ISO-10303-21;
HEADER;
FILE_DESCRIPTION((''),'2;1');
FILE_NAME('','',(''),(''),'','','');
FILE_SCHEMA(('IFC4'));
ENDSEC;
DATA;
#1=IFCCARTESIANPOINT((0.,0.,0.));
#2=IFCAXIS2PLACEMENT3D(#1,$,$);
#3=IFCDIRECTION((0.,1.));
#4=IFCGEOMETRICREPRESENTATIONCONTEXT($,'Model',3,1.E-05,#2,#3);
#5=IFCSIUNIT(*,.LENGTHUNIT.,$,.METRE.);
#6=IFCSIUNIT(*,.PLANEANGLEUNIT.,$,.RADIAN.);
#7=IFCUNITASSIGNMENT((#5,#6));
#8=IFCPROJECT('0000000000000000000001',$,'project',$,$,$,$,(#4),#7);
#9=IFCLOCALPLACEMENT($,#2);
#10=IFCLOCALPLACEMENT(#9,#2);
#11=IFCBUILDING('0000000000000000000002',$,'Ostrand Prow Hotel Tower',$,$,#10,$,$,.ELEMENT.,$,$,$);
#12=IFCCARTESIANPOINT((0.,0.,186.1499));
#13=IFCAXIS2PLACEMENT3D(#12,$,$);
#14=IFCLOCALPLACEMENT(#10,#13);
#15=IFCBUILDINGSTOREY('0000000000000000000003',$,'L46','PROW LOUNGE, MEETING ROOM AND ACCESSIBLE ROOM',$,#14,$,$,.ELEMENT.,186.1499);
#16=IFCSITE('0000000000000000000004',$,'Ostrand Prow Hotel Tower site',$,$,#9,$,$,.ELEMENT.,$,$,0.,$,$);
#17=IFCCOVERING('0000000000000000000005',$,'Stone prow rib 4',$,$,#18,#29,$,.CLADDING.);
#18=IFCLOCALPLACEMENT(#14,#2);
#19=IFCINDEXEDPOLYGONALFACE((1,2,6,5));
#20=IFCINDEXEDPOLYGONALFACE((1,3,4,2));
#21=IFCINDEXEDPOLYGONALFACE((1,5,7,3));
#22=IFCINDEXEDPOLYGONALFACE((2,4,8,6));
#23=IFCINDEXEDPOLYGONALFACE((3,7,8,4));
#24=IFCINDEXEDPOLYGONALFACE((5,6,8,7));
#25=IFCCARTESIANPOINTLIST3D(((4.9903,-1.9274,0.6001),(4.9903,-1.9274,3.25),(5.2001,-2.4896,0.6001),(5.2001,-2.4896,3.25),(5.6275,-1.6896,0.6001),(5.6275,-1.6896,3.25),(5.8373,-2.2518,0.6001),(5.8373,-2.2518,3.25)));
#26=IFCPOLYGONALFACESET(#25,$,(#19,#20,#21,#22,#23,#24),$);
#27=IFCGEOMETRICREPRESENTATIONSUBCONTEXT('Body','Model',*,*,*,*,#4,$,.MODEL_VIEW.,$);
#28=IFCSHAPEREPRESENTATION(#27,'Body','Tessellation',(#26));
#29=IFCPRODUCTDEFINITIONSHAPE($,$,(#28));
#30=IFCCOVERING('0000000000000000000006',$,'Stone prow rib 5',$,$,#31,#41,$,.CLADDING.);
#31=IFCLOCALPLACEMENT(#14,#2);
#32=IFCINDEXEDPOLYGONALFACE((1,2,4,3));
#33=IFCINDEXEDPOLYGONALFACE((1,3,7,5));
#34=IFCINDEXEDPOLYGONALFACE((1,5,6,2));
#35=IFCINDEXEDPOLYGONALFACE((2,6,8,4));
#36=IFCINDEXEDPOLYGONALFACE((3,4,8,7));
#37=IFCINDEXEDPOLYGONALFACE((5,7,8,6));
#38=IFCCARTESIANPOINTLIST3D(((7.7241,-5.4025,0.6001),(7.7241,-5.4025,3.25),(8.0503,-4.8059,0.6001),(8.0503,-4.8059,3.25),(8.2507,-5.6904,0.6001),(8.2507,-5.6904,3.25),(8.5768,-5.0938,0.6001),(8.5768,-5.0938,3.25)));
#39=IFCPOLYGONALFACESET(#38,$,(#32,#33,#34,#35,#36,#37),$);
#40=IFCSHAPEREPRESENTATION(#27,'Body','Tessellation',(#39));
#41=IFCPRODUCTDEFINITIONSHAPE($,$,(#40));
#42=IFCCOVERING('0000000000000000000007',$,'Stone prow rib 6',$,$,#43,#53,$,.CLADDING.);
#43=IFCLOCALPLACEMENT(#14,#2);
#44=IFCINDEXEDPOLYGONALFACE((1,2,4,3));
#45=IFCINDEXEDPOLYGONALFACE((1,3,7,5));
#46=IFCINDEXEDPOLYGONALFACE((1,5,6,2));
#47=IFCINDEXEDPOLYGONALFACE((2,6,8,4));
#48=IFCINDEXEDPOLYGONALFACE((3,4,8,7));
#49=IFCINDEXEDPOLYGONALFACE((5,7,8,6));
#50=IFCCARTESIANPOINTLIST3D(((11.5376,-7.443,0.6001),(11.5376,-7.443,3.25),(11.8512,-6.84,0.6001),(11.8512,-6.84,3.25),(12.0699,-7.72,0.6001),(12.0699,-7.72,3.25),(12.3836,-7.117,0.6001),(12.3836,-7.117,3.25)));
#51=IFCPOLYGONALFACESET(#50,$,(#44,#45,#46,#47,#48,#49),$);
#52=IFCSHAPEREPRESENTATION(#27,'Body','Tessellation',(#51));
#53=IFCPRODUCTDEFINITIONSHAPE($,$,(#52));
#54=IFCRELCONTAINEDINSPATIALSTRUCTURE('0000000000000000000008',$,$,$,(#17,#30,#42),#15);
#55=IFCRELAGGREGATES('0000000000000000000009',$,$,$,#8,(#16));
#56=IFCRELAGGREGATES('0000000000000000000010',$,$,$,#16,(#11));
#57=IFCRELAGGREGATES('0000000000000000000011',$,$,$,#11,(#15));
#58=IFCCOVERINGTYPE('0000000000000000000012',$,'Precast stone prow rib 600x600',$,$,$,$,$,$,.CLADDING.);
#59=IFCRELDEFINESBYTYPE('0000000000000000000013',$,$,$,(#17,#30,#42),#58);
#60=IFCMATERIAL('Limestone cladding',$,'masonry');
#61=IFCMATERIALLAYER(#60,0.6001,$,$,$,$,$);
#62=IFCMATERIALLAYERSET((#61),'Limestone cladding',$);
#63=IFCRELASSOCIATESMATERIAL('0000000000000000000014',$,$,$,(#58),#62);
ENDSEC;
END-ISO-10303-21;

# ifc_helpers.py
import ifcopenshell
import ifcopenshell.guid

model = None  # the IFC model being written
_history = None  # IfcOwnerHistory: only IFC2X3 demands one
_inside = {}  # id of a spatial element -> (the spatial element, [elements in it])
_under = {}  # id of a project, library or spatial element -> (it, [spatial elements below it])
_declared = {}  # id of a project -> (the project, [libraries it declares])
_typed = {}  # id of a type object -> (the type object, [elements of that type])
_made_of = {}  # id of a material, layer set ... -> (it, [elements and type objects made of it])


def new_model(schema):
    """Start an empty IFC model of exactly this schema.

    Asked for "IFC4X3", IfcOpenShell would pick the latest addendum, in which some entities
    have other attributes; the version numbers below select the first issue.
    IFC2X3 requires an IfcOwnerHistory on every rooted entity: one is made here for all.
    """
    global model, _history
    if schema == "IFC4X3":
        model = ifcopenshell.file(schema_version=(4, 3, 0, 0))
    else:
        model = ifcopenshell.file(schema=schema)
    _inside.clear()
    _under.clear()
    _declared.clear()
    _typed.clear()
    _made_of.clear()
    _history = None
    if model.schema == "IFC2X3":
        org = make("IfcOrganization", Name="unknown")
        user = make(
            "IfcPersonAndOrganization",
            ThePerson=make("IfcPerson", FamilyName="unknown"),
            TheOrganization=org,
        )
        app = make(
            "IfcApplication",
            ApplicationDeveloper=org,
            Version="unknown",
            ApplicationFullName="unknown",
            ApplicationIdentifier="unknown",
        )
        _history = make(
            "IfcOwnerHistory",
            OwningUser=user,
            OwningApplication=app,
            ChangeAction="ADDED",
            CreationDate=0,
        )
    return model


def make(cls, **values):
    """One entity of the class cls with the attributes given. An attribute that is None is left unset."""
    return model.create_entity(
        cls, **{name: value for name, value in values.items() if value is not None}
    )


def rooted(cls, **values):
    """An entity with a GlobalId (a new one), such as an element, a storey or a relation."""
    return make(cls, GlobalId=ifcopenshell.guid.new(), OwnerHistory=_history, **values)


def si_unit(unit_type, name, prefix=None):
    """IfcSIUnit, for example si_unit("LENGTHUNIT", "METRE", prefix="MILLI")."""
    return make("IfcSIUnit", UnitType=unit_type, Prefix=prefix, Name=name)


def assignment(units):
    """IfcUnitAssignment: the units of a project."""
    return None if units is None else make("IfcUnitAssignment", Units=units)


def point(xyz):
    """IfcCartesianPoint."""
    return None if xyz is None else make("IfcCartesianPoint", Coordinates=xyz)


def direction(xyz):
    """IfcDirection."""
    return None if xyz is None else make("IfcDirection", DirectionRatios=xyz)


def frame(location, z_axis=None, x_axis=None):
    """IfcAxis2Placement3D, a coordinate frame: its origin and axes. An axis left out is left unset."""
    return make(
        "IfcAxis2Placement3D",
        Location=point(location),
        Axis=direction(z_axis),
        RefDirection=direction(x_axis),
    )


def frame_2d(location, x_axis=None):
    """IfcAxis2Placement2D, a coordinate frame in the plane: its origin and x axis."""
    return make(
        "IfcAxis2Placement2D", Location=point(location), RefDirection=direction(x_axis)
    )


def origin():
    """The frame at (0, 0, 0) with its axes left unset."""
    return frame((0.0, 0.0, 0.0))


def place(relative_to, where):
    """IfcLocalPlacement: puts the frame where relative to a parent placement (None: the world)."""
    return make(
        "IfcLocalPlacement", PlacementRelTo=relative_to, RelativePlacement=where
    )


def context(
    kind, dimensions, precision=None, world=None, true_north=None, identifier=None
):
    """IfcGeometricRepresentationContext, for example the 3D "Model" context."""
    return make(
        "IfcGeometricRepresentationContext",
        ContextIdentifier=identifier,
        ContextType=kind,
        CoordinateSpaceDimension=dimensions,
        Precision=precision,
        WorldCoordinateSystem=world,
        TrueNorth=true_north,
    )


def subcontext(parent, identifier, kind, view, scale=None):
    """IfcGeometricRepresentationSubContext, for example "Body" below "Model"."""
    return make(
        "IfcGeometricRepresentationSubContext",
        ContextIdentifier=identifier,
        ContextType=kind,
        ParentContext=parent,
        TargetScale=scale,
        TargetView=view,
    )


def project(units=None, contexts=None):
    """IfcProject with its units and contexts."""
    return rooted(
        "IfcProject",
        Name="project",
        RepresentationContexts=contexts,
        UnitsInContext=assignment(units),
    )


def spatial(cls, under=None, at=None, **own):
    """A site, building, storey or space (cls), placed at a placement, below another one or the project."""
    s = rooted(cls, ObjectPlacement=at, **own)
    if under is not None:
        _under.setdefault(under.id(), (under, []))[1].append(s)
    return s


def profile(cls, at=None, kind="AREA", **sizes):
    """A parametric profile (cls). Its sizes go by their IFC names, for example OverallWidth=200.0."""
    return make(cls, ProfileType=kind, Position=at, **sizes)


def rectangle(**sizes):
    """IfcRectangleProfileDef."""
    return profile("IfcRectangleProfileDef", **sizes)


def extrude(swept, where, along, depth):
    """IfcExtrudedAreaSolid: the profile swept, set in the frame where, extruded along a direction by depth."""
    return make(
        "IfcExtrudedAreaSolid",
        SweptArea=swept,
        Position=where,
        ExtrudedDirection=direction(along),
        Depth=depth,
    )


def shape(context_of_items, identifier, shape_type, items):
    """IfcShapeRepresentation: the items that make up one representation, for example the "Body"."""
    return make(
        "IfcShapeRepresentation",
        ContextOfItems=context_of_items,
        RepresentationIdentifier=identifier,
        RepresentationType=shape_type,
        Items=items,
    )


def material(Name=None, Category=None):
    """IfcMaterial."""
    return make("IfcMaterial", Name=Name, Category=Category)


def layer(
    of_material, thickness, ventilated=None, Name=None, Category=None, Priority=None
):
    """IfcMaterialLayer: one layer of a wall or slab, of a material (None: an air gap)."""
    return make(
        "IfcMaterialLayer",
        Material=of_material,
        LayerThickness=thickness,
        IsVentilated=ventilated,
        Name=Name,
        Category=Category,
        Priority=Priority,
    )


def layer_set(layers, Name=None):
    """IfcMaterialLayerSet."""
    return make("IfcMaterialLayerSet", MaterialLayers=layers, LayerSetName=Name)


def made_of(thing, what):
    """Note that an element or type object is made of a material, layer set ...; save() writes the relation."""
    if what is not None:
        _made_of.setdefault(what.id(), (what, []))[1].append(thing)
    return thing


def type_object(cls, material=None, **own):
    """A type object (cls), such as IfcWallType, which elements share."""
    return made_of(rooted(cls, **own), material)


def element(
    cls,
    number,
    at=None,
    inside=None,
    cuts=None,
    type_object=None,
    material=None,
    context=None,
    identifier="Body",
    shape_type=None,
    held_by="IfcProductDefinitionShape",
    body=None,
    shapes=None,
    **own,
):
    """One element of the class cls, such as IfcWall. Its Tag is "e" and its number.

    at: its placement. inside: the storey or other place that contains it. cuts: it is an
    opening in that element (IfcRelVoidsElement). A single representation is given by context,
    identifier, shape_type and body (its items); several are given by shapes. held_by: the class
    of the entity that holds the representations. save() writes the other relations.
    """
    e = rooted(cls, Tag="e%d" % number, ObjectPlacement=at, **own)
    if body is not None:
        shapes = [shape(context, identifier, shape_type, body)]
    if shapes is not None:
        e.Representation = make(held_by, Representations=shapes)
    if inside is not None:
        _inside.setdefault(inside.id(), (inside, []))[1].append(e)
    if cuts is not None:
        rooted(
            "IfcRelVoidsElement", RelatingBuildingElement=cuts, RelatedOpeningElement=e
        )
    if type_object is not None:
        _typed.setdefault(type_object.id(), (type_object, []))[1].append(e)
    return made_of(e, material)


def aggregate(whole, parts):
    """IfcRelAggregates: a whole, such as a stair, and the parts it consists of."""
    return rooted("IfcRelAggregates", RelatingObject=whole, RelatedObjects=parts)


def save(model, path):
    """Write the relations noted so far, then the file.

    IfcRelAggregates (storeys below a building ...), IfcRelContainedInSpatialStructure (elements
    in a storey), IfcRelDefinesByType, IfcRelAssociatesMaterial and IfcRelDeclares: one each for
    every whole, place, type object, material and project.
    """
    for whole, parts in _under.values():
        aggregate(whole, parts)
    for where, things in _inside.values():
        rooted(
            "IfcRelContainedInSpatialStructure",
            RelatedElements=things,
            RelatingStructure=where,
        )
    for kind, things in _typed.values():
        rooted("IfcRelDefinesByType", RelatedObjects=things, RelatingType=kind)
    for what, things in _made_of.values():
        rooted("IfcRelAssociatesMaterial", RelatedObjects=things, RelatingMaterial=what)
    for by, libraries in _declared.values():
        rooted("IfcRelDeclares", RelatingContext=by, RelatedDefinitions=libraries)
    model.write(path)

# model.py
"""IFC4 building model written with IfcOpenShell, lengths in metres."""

from ifc_helpers import new_model, si_unit, direction, frame, frame_2d, origin, place, context, subcontext, project, spatial, rectangle, extrude, material, layer, layer_set, type_object, element, save


model = new_model("IFC4")

# Units and contexts
model_context = context("Model", 3, precision=1e-05, world=origin(), true_north=direction((0.0, 1.0)))
body_context = subcontext(model_context, "Body", "Model", "MODEL_VIEW")
ifc_project = project(units=[si_unit("LENGTHUNIT", "METRE"), si_unit("PLANEANGLEUNIT", "RADIAN")], contexts=[model_context])

# Site, building, storey
site_placement = place(None, origin())
site = spatial("IfcSite", under=ifc_project, at=site_placement, Name="Ostrand Prow Hotel Tower site", CompositionType="ELEMENT", RefElevation=0.0)
building_placement = place(site_placement, origin())
building = spatial("IfcBuilding", under=site, at=building_placement, Name="Ostrand Prow Hotel Tower", CompositionType="ELEMENT")
storey_placement = place(building_placement, frame((0.0, 0.0, 186.1499)))
storey = spatial("IfcBuildingStorey", under=building, at=storey_placement, Name="L46", Description="PROW LOUNGE, MEETING ROOM AND ACCESSIBLE ROOM", CompositionType="ELEMENT", Elevation=186.1499)

# Coverings
ifc_material_1 = material(Name="Limestone cladding", Category="masonry")
ifc_layer_1 = layer(ifc_material_1, 0.6001)
ifc_layer_set_1 = layer_set([ifc_layer_1], Name="Limestone cladding")
covering_type_1 = type_object("IfcCoveringType", Name="Precast stone prow rib 600x600", PredefinedType="CLADDING", material=ifc_layer_set_1)
covering_1_placement = place(storey_placement, frame((5.7324, -1.9707, 0.6001), z_axis=(0.0, 0.0, 1.0), x_axis=(-0.936889, -0.349628, 0.0)))
element("IfcCovering", 1, at=covering_1_placement, inside=storey, type_object=covering_type_1, Name="Stone prow rib 4", PredefinedType="CLADDING", context=body_context, shape_type="SweptSolid", body=[
    extrude(rectangle(XDim=0.6802, YDim=0.6001, at=frame_2d((0.3401, 0.0))), origin(), (0.0, 0.0, 1.0), 2.6499),
])
covering_2_placement = place(storey_placement, frame((8.3135, -4.95, 0.6001), z_axis=(0.0, 0.0, 1.0), x_axis=(-0.479657, -0.877456, 0.0)))
element("IfcCovering", 2, at=covering_2_placement, inside=storey, type_object=covering_type_1, Name="Stone prow rib 5", PredefinedType="CLADDING", context=body_context, shape_type="SweptSolid", body=[
    extrude(rectangle(XDim=0.6799, YDim=0.6001, at=frame_2d((0.3398, 0.0))), origin(), (0.0, 0.0, 1.0), 2.6499),
])
covering_3_placement = place(storey_placement, frame((12.1174, -6.9785, 0.6001), z_axis=(0.0, 0.0, 1.0), x_axis=(-0.461522, -0.887129, 0.0)))
element("IfcCovering", 3, at=covering_3_placement, inside=storey, type_object=covering_type_1, Name="Stone prow rib 6", PredefinedType="CLADDING", context=body_context, shape_type="SweptSolid", body=[
    extrude(rectangle(XDim=0.6797, YDim=0.6001, at=frame_2d((0.3398, 0.0))), origin(), (0.0, 0.0, 1.0), 2.6499),
])

save(model, "model.ifc")
